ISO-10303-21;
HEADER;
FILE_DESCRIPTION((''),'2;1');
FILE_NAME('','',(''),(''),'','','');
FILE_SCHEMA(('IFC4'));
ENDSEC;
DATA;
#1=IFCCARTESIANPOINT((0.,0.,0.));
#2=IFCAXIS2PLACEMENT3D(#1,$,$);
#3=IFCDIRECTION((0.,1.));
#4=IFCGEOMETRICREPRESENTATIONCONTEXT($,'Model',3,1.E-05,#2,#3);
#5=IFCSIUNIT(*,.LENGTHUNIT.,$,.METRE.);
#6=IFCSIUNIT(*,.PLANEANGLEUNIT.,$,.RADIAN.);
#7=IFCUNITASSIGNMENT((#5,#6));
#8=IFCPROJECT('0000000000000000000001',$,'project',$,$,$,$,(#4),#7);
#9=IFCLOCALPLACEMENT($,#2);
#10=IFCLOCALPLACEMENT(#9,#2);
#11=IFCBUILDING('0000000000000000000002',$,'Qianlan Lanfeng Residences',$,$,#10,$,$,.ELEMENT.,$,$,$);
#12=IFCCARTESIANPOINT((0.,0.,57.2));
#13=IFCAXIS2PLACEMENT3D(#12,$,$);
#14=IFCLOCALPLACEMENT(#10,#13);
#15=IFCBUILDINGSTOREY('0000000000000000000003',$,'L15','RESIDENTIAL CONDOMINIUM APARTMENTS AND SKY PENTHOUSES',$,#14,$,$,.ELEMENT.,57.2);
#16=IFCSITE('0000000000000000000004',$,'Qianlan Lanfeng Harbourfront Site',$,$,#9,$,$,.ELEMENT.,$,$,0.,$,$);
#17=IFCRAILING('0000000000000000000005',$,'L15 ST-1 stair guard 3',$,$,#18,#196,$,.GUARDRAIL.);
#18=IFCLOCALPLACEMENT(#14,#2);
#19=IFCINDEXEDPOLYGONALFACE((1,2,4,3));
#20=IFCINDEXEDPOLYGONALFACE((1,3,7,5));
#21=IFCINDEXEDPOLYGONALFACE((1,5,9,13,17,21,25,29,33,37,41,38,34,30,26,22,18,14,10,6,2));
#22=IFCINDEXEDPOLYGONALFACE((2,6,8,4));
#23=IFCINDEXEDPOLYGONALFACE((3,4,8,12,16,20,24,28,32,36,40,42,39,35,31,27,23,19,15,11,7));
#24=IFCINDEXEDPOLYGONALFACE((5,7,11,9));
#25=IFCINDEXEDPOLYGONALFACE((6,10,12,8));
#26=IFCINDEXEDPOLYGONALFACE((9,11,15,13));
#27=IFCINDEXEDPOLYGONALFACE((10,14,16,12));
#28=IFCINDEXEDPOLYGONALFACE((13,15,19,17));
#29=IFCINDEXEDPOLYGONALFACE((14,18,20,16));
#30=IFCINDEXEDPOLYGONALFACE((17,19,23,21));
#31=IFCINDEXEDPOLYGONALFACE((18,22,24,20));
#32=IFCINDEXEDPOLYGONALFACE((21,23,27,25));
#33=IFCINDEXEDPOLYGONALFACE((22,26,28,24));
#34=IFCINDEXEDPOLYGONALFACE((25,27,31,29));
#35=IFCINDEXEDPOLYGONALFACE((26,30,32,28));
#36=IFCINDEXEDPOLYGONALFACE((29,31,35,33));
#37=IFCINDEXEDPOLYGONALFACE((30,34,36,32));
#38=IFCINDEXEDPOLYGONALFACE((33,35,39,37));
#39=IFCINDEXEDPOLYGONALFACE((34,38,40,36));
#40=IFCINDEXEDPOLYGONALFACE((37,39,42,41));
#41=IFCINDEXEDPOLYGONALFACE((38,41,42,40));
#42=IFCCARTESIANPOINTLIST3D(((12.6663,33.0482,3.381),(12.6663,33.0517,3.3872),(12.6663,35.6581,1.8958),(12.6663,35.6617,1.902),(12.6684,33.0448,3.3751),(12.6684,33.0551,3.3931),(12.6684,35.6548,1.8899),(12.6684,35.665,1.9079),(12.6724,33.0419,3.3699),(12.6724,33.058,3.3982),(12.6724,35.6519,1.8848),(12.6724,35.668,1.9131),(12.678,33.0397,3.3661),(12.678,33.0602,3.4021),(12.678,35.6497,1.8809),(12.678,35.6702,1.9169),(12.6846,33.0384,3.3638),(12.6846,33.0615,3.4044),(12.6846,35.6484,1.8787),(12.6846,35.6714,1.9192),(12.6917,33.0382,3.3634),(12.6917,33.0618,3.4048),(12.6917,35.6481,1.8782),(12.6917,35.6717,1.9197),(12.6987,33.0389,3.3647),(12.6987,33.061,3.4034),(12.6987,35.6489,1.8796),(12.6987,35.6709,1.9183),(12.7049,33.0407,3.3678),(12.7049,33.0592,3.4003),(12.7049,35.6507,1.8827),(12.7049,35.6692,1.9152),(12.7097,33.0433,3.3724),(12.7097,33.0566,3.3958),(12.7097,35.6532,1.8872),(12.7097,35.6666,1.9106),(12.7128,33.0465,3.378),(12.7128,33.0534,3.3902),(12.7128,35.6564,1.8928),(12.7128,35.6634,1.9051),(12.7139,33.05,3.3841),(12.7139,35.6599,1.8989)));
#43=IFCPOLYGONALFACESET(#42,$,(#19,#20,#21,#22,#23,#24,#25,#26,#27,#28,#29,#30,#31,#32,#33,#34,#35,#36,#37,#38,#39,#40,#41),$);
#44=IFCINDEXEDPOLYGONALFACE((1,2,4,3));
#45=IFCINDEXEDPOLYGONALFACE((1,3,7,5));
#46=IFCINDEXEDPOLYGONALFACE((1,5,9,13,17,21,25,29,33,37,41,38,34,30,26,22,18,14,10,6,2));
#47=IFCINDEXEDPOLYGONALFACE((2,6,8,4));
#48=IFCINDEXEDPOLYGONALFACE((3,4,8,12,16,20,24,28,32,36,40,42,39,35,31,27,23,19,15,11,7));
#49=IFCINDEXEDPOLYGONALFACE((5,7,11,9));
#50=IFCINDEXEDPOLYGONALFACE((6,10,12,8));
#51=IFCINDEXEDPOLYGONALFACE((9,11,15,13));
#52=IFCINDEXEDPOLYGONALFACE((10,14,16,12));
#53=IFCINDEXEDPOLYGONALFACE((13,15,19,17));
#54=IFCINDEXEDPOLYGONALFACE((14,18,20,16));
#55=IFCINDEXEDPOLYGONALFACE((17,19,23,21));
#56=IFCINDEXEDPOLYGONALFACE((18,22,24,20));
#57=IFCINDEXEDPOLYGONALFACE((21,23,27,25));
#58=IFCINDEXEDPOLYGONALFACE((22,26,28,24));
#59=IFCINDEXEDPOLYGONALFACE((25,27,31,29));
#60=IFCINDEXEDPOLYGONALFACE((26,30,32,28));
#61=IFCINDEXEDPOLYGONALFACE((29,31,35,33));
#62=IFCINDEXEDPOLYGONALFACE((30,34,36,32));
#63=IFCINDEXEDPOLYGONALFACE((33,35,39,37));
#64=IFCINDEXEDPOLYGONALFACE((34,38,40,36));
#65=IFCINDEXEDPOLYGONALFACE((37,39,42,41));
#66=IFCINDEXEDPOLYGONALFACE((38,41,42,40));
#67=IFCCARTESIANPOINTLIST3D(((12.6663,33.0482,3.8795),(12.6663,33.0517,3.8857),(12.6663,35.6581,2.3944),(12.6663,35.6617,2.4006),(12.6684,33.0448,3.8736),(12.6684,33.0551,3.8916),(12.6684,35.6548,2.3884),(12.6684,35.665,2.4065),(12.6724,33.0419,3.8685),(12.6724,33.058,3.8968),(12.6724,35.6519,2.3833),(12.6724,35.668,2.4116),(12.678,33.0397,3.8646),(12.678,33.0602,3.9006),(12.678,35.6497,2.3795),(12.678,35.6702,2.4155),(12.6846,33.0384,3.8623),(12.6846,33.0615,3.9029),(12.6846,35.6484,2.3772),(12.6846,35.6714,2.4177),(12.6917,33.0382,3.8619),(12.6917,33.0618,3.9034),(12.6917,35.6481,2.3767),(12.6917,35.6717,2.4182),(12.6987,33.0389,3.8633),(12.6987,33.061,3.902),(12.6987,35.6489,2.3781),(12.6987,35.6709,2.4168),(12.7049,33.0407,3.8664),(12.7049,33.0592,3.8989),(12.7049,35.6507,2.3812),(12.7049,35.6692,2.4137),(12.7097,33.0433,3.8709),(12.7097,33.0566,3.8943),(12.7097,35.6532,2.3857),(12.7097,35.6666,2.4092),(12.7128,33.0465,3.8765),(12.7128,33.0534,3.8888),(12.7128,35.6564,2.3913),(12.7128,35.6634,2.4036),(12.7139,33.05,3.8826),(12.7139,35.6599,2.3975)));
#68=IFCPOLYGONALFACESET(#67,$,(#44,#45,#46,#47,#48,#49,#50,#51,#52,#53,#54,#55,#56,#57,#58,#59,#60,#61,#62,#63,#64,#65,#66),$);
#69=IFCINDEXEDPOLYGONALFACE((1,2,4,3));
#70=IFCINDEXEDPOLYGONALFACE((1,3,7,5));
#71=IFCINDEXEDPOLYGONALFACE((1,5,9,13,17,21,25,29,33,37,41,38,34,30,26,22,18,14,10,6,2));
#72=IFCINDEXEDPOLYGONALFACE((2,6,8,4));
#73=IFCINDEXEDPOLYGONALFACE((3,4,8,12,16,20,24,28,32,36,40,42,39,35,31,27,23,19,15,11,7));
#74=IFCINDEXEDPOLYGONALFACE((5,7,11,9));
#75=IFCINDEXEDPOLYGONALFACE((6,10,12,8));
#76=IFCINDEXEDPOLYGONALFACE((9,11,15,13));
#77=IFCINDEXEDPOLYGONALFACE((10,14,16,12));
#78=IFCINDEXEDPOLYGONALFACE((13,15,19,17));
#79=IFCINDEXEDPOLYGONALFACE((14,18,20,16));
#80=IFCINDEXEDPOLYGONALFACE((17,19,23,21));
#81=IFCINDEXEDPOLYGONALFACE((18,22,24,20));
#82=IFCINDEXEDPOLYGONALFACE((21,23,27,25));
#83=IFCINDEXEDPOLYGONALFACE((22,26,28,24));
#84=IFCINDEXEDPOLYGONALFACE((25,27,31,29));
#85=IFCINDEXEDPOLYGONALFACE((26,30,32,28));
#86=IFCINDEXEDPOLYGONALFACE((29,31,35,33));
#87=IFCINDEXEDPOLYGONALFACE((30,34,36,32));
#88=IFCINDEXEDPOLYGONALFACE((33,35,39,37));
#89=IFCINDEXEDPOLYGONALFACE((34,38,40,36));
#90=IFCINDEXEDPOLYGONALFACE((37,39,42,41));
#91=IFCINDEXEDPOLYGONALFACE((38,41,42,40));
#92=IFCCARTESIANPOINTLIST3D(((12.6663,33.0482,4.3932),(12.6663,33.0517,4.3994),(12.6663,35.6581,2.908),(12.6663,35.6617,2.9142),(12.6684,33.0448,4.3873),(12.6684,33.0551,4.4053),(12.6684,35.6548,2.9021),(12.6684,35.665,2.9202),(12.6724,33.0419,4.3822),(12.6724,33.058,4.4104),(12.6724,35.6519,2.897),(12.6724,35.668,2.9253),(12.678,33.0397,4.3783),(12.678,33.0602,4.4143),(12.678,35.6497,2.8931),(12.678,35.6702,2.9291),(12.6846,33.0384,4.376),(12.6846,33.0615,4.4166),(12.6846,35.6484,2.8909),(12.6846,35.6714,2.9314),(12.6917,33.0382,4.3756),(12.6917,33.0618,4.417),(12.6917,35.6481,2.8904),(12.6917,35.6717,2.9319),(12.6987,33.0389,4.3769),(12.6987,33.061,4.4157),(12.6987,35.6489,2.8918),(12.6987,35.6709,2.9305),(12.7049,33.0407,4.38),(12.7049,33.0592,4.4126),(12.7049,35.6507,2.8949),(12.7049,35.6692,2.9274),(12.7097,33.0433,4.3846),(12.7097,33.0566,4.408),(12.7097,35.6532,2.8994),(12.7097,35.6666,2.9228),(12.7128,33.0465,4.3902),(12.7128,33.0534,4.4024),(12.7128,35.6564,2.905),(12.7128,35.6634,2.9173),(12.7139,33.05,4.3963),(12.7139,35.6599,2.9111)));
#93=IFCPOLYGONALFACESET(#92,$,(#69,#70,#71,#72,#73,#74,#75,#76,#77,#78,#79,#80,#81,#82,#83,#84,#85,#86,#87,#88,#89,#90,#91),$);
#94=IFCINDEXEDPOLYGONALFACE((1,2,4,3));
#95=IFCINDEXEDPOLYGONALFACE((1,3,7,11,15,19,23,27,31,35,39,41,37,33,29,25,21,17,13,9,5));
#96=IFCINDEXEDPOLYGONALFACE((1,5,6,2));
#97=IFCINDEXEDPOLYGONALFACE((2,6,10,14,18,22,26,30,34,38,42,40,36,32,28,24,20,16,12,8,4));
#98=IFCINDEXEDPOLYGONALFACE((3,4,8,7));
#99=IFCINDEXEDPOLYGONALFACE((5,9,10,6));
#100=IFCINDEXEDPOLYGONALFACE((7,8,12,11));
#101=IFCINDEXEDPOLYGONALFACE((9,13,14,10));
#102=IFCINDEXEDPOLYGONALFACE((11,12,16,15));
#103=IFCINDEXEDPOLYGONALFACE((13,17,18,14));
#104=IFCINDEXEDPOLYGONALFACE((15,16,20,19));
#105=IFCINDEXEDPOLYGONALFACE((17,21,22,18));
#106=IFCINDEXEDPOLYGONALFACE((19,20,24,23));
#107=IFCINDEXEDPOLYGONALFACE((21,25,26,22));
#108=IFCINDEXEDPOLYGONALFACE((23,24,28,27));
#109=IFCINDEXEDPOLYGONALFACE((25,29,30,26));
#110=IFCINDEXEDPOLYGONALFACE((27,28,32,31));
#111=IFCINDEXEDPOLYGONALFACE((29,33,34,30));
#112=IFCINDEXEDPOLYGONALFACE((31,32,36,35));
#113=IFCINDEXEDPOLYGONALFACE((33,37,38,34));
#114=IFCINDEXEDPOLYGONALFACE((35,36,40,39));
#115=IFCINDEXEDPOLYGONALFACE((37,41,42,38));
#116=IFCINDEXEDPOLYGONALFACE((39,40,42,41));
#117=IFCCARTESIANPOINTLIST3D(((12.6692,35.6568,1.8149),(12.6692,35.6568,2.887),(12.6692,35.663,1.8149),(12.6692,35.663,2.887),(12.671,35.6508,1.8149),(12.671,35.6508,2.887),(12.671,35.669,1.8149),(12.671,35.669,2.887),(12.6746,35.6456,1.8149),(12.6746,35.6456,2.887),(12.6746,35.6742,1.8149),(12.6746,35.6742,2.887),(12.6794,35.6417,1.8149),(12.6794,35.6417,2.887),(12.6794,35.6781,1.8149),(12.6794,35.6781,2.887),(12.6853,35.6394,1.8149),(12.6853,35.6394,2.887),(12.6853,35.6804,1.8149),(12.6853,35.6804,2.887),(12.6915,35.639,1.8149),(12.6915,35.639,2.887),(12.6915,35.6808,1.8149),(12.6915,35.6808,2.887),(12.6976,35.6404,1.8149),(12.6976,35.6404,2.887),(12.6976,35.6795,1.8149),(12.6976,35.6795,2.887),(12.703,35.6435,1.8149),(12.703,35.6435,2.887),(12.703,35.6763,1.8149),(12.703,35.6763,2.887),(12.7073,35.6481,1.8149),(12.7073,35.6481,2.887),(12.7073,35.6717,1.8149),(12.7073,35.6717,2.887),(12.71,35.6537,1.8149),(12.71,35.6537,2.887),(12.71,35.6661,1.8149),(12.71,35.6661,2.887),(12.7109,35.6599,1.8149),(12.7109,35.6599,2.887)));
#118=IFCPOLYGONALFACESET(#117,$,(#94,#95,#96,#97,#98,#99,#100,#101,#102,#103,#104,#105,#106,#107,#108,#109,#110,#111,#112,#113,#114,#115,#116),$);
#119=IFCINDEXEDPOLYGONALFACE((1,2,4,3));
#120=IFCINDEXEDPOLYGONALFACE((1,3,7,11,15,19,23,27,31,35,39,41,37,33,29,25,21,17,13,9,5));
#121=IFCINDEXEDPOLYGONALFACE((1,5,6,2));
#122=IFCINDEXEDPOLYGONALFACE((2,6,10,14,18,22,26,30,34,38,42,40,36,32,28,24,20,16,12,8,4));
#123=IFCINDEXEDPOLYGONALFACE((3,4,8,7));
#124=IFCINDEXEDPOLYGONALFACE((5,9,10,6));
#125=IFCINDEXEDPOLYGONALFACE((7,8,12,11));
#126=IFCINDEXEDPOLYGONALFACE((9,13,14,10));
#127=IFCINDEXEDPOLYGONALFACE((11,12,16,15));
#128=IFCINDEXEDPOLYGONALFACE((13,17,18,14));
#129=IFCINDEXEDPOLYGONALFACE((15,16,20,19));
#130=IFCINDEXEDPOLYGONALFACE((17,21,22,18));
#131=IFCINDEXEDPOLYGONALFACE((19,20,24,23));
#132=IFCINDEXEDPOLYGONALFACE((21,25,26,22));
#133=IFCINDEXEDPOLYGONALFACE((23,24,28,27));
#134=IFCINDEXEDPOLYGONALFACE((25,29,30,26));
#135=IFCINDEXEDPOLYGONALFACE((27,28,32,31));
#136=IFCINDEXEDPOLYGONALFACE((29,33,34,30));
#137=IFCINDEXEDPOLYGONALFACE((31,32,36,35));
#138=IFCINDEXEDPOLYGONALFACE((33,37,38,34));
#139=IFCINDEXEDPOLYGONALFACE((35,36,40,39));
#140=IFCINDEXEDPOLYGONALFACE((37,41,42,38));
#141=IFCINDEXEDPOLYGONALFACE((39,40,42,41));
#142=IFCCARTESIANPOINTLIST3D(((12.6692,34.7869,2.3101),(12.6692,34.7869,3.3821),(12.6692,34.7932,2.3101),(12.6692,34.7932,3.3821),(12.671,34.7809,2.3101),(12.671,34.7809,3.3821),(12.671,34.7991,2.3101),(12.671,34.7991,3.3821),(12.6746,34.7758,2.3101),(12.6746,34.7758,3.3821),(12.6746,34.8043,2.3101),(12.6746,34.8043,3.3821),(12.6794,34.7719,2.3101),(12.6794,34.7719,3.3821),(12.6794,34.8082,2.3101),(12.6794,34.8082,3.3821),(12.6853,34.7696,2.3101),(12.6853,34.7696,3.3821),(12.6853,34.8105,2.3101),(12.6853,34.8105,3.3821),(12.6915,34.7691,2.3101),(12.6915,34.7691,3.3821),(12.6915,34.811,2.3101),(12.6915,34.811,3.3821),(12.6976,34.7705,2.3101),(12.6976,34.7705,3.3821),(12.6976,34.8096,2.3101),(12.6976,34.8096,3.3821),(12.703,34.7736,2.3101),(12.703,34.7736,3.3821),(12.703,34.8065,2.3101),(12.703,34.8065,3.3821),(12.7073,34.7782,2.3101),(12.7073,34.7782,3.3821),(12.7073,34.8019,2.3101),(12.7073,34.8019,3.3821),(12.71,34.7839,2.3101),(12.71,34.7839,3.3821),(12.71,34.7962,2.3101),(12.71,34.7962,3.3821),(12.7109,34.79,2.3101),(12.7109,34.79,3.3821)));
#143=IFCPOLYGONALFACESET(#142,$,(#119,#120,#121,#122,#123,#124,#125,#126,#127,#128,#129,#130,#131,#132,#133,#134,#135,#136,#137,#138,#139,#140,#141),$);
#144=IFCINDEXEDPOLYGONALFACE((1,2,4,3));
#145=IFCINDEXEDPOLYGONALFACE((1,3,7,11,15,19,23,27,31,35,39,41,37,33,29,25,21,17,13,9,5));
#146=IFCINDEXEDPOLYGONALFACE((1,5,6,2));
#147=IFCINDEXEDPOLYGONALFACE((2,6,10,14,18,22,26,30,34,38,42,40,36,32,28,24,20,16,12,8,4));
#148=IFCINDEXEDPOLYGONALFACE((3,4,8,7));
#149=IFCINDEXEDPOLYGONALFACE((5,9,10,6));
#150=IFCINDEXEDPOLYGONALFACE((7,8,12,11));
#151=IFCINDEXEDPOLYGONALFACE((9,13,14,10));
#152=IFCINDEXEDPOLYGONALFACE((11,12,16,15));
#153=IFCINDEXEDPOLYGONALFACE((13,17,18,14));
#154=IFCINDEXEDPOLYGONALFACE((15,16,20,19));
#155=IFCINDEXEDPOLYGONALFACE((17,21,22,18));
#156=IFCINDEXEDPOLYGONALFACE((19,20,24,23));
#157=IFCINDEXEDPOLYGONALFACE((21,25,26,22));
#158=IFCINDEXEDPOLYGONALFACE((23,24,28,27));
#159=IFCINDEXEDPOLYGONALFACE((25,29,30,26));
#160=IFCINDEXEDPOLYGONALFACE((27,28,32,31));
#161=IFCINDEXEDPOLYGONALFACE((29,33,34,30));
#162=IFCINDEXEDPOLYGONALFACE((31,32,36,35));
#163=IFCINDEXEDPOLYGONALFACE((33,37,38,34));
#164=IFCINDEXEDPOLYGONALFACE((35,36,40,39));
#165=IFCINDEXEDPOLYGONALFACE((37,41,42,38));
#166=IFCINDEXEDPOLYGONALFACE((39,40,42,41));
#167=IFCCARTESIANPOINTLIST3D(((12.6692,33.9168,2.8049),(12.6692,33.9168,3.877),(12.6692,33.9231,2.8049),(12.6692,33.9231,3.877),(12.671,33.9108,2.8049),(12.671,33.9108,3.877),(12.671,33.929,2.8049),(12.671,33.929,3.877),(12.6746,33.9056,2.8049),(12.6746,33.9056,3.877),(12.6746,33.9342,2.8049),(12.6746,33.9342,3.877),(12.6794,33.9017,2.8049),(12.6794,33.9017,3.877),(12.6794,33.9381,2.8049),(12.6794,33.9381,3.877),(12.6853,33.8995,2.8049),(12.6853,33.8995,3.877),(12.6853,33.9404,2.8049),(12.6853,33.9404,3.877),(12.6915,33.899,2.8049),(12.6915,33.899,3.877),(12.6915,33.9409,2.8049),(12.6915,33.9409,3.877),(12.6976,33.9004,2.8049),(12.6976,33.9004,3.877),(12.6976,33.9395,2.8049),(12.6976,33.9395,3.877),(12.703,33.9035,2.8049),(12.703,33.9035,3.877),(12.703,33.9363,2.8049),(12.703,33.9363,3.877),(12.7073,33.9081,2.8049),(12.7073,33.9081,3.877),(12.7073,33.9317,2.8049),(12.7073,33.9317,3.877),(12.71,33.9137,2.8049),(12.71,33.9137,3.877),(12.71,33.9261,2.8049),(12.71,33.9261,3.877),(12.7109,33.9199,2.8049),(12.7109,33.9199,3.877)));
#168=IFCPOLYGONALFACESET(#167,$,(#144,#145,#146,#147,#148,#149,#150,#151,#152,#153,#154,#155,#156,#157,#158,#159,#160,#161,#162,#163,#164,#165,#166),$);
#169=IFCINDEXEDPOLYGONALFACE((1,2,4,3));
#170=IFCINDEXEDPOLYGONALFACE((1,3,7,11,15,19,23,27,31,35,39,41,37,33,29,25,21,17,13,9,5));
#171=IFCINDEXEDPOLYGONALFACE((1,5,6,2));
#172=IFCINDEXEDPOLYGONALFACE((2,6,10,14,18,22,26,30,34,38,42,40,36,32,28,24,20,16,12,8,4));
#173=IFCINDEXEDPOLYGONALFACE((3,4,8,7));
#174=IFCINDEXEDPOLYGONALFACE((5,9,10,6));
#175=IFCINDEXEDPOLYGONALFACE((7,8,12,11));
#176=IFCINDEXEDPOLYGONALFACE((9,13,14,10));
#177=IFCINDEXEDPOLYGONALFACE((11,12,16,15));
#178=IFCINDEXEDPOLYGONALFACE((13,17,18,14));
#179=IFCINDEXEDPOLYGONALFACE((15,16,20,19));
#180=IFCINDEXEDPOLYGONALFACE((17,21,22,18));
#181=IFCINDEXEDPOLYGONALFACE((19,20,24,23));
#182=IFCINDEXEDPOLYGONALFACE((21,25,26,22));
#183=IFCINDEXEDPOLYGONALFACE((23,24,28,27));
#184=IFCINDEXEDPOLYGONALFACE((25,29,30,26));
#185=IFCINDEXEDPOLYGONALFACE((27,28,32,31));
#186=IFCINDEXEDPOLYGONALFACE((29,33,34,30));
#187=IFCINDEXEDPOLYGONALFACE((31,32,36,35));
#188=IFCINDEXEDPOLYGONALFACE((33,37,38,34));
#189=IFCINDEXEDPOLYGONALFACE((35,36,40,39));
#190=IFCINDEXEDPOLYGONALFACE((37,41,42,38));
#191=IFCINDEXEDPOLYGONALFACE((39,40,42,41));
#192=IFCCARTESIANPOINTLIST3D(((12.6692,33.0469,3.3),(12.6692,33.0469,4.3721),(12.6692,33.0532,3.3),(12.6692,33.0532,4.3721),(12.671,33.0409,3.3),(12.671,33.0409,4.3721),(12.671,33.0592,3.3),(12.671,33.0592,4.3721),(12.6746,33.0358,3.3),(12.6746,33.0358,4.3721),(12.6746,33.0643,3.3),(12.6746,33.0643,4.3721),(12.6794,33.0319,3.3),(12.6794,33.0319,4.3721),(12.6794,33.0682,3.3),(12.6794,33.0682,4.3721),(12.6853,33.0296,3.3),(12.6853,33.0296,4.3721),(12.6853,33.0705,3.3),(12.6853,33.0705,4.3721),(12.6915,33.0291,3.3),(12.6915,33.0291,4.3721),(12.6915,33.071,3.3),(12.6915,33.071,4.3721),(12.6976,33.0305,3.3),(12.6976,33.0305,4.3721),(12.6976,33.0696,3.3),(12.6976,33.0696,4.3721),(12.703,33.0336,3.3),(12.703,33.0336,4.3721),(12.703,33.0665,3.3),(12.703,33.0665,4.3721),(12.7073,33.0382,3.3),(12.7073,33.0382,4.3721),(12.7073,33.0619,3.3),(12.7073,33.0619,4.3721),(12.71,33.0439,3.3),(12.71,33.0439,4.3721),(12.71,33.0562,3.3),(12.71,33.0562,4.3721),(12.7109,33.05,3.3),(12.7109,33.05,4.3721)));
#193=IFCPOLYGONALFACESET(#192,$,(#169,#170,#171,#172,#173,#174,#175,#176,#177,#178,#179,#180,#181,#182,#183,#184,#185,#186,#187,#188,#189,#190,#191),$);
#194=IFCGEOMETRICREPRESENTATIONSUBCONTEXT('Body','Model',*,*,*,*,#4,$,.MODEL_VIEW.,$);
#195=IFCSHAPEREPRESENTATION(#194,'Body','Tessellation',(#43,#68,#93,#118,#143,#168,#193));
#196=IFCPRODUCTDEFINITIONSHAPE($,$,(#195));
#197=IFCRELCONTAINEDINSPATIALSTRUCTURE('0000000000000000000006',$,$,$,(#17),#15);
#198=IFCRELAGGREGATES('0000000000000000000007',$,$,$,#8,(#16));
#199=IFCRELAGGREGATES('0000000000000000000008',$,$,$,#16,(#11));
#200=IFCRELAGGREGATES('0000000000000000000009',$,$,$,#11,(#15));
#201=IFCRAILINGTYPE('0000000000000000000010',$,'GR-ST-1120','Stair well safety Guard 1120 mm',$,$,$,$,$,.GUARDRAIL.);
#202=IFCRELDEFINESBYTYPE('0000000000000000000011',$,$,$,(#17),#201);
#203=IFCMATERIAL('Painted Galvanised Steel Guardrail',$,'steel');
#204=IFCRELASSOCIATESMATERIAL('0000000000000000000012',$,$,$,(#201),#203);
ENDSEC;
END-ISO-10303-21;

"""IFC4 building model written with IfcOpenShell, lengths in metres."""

from ifc_helpers import new_model, si_unit, direction, frame, origin, origin_2d, place, context, subcontext, project, spatial, circle, extrude, material, type_object, element, save


model = new_model("IFC4")

# Units and contexts
model_context = context("Model", 3, precision=1e-05, world=origin(), true_north=direction((0.0, 1.0)))
body_context = subcontext(model_context, "Body", "Model", "MODEL_VIEW")
ifc_project = project(units=[si_unit("LENGTHUNIT", "METRE"), si_unit("PLANEANGLEUNIT", "RADIAN")], contexts=[model_context])

# Site, building, storey
site_placement = place(None, origin())
site = spatial("IfcSite", under=ifc_project, at=site_placement, Name="Qianlan Lanfeng Harbourfront Site", CompositionType="ELEMENT", RefElevation=0.0)
building_placement = place(site_placement, origin())
building = spatial("IfcBuilding", under=site, at=building_placement, Name="Qianlan Lanfeng Residences", CompositionType="ELEMENT")
storey_placement = place(building_placement, frame((0.0, 0.0, 57.2)))
storey = spatial("IfcBuildingStorey", under=building, at=storey_placement, Name="L15", Description="RESIDENTIAL CONDOMINIUM APARTMENTS AND SKY PENTHOUSES", CompositionType="ELEMENT", Elevation=57.2)

# Railing
ifc_material_1 = material(Name="Painted Galvanised Steel Guardrail", Category="steel")
railing_type_1 = type_object("IfcRailingType", Name="GR-ST-1120", Description="Stair well safety Guard 1120 mm", PredefinedType="GUARDRAIL", material=ifc_material_1)
railing_1_placement = place(storey_placement, frame((12.6899, 35.6599, 1.8149)))
element("IfcRailing", 1, at=railing_1_placement, inside=storey, type_object=railing_type_1, Name="L15 ST-1 stair guard 3", PredefinedType="GUARDRAIL", context=body_context, shape_type="SweptSolid", body=[
    extrude(circle(Radius=0.0239, at=origin_2d()), frame((0.0, 0.0, 0.084), z_axis=(0.0, -0.869137, 0.494571), x_axis=(1.0, 0.0, 0.0)), (0.0, 0.0, 1.0), 3.0029),
    extrude(circle(Radius=0.0239, at=origin_2d()), frame((0.0, 0.0, 0.5825), z_axis=(0.0, -0.869137, 0.494571), x_axis=(1.0, 0.0, 0.0)), (0.0, 0.0, 1.0), 3.0029),
    extrude(circle(Radius=0.0239, at=origin_2d()), frame((0.0, 0.0, 1.0962), z_axis=(0.0, -0.869137, 0.494571), x_axis=(1.0, 0.0, 0.0)), (0.0, 0.0, 1.0), 3.0029),
    extrude(circle(Radius=0.021, at=origin_2d()), origin(), (0.0, 0.0, 1.0), 1.072),
    extrude(circle(Radius=0.021, at=origin_2d()), frame((0.0, -0.8699, 0.4951)), (0.0, 0.0, 1.0), 1.072),
    extrude(circle(Radius=0.021, at=origin_2d()), frame((0.0, -1.74, 0.99)), (0.0, 0.0, 1.0), 1.072),
    extrude(circle(Radius=0.021, at=origin_2d()), frame((0.0, -2.6099, 1.4851)), (0.0, 0.0, 1.0), 1.072),
])

save(model, "model.ifc")
